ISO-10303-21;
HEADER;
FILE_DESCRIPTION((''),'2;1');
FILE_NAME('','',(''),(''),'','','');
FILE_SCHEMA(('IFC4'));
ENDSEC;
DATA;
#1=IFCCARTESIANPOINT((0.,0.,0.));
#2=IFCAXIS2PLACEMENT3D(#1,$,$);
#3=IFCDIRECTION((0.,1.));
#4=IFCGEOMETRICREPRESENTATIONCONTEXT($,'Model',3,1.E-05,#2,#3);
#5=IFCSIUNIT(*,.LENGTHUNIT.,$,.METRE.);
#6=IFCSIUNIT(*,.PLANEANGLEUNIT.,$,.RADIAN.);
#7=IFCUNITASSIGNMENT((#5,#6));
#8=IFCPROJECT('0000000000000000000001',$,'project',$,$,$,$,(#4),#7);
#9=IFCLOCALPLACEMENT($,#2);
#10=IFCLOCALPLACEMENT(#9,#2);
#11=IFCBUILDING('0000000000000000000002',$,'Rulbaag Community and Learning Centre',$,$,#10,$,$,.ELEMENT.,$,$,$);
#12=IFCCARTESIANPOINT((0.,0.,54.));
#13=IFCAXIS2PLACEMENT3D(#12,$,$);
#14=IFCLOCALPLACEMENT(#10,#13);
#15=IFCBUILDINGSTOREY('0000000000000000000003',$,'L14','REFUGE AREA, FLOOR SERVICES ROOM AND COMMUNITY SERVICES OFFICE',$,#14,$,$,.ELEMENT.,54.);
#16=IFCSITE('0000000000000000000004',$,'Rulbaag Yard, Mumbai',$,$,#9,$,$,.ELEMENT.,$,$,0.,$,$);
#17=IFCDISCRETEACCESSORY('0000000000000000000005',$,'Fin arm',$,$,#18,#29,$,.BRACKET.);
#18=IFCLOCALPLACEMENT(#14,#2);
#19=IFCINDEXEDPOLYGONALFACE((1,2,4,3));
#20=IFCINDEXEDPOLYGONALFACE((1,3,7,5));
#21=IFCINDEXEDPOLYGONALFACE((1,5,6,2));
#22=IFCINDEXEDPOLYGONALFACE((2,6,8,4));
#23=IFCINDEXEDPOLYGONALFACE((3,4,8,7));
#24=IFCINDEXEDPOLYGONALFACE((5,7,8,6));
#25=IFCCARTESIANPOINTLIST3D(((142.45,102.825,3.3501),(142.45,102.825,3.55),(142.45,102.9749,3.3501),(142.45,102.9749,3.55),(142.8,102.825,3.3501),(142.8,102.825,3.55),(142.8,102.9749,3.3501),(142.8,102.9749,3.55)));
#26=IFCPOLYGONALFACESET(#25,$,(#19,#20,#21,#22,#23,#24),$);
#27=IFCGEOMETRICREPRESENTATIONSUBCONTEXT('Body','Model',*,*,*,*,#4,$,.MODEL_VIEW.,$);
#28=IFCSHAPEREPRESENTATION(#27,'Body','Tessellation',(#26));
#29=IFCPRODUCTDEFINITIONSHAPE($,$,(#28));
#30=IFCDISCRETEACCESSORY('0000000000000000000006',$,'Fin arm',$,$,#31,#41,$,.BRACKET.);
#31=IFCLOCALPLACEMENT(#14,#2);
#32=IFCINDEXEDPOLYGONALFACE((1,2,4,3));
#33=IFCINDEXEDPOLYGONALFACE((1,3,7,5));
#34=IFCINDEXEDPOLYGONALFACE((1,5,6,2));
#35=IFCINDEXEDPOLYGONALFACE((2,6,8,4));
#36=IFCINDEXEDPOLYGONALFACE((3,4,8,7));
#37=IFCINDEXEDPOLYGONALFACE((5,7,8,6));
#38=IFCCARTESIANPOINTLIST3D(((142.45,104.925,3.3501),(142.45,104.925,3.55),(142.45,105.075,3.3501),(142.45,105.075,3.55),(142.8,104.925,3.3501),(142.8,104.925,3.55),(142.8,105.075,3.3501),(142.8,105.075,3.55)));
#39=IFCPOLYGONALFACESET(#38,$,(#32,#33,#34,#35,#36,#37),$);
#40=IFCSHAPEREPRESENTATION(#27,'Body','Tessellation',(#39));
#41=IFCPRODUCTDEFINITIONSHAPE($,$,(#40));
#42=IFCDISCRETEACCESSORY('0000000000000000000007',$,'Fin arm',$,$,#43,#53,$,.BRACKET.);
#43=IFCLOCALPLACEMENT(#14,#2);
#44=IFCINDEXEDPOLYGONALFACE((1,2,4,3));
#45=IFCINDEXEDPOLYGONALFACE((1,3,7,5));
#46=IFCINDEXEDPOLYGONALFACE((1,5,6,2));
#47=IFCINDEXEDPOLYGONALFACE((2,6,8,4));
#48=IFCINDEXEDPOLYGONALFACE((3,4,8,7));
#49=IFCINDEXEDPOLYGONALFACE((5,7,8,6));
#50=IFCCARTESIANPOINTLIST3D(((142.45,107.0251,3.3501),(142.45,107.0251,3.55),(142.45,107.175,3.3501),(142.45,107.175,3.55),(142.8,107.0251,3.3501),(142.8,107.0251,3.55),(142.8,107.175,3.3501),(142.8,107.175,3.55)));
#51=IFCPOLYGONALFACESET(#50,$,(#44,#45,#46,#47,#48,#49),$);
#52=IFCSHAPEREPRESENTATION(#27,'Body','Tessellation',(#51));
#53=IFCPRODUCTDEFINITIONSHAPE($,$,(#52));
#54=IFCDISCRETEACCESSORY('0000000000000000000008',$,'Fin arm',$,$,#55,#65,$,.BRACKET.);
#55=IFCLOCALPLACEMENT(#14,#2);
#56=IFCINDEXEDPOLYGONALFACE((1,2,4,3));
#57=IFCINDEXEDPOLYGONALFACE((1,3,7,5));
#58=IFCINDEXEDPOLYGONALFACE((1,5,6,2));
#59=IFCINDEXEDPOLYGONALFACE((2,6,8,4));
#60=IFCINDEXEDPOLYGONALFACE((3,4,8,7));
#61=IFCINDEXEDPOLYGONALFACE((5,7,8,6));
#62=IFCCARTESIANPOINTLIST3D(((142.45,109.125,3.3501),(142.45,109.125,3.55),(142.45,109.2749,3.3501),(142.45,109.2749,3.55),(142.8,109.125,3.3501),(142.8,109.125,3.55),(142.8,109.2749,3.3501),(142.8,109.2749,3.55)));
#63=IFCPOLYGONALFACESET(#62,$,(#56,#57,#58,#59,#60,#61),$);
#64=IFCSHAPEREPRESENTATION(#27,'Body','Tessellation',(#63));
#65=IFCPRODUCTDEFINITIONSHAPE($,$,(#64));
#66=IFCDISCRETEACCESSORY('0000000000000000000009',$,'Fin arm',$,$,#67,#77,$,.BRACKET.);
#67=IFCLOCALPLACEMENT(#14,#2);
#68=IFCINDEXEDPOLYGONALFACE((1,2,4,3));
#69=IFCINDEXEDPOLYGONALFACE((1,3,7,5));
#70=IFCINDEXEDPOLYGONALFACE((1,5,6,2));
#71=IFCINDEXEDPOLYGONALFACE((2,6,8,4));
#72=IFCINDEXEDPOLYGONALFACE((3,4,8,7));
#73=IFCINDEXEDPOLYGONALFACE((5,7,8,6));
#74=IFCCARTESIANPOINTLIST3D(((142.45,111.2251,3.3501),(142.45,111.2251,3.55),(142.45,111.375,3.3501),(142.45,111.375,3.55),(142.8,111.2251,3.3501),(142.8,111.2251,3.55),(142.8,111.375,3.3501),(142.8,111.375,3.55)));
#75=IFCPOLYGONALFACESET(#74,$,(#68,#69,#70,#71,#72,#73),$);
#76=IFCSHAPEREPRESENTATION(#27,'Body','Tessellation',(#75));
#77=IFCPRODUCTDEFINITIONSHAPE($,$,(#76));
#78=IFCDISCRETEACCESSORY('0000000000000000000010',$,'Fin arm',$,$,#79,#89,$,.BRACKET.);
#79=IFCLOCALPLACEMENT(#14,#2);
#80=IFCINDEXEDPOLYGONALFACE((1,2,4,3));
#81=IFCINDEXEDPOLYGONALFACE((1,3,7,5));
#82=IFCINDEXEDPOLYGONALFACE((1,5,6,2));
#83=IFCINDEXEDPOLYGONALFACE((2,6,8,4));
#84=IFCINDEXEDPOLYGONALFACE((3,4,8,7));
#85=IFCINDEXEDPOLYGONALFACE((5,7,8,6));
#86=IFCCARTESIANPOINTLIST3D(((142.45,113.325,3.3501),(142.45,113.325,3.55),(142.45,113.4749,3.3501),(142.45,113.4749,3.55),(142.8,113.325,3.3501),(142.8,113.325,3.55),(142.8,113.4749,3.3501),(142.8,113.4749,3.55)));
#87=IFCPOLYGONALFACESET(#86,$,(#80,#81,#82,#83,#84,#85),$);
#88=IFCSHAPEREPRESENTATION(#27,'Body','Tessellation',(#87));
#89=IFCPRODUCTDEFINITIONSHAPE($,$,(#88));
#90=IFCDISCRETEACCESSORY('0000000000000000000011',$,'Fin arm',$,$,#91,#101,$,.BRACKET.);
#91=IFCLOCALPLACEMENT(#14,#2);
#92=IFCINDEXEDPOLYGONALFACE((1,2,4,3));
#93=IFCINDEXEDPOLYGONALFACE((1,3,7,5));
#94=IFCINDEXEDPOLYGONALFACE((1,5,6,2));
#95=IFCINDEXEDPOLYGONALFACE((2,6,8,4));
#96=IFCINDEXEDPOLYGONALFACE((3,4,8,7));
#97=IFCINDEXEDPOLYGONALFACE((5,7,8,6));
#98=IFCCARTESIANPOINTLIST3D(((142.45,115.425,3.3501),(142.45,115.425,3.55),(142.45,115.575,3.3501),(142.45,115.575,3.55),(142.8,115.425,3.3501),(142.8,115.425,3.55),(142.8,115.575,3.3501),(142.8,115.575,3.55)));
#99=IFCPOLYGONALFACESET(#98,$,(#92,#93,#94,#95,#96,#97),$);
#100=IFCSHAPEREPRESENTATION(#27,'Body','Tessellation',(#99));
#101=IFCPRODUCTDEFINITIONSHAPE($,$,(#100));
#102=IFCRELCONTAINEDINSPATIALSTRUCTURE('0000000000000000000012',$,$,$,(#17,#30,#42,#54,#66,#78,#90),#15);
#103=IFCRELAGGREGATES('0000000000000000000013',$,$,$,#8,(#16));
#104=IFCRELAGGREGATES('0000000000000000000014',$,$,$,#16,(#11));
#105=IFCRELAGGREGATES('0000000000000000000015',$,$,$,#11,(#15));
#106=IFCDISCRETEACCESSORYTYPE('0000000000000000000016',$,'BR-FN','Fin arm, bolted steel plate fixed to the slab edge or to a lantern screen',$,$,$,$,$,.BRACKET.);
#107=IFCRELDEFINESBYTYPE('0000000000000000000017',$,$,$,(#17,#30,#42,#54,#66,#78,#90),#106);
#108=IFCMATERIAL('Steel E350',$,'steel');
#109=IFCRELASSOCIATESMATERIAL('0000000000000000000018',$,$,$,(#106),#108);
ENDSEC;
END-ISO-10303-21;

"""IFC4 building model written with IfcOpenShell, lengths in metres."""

from ifc_helpers import new_model, si_unit, direction, frame, origin, origin_2d, place, context, subcontext, project, spatial, rectangle, extrude, material, type_object, element, save


model = new_model("IFC4")

# Units and contexts
model_context = context("Model", 3, precision=1e-05, world=origin(), true_north=direction((0.0, 1.0)))
body_context = subcontext(model_context, "Body", "Model", "MODEL_VIEW")
ifc_project = project(units=[si_unit("LENGTHUNIT", "METRE"), si_unit("PLANEANGLEUNIT", "RADIAN")], contexts=[model_context])

# Site, building, storey
site_placement = place(None, origin())
site = spatial("IfcSite", under=ifc_project, at=site_placement, Name="Rulbaag Yard, Mumbai", CompositionType="ELEMENT", RefElevation=0.0)
building_placement = place(site_placement, origin())
building = spatial("IfcBuilding", under=site, at=building_placement, Name="Rulbaag Community and Learning Centre", CompositionType="ELEMENT")
storey_placement = place(building_placement, frame((0.0, 0.0, 54.0)))
storey = spatial("IfcBuildingStorey", under=building, at=storey_placement, Name="L14", Description="REFUGE AREA, FLOOR SERVICES ROOM AND COMMUNITY SERVICES OFFICE", CompositionType="ELEMENT", Elevation=54.0)

# Discrete accessories
ifc_material_1 = material(Name="Steel E350", Category="steel")
discrete_accessory_type = type_object("IfcDiscreteAccessoryType", Name="BR-FN", Description="Fin arm, bolted steel plate fixed to the slab edge or to a lantern screen", PredefinedType="BRACKET", material=ifc_material_1)
for number, where, z_axis, x_axis, name in (
    (1, (142.625, 102.8999, 3.3501), (0.0, 0.0, 1.0), (1.0, 0.0, 0.0), "Fin arm"),
    (2, (142.625, 105.0, 3.3501), (0.0, 0.0, 1.0), (1.0, 0.0, 0.0), "Fin arm"),
    (3, (142.625, 107.1001, 3.3501), (0.0, 0.0, 1.0), (1.0, 0.0, 0.0), "Fin arm"),
    (4, (142.625, 109.2, 3.3501), (0.0, 0.0, 1.0), (1.0, 0.0, 0.0), "Fin arm"),
    (5, (142.625, 111.3, 3.3501), (0.0, 0.0, 1.0), (1.0, 0.0, 0.0), "Fin arm"),
    (6, (142.625, 113.3999, 3.3501), (0.0, 0.0, 1.0), (1.0, 0.0, 0.0), "Fin arm"),
    (7, (142.625, 115.5, 3.3501), (0.0, 0.0, 1.0), (1.0, 0.0, 0.0), "Fin arm"),
):
    element("IfcDiscreteAccessory", number, at=place(storey_placement, frame(where, z_axis=z_axis, x_axis=x_axis)), inside=storey, type_object=discrete_accessory_type, Name=name, PredefinedType="BRACKET", context=body_context, shape_type="SweptSolid", body=[
        extrude(rectangle(XDim=0.3501, YDim=0.1499, at=origin_2d()), origin(), (0.0, 0.0, 1.0), 0.2),
    ])

save(model, "model.ifc")
